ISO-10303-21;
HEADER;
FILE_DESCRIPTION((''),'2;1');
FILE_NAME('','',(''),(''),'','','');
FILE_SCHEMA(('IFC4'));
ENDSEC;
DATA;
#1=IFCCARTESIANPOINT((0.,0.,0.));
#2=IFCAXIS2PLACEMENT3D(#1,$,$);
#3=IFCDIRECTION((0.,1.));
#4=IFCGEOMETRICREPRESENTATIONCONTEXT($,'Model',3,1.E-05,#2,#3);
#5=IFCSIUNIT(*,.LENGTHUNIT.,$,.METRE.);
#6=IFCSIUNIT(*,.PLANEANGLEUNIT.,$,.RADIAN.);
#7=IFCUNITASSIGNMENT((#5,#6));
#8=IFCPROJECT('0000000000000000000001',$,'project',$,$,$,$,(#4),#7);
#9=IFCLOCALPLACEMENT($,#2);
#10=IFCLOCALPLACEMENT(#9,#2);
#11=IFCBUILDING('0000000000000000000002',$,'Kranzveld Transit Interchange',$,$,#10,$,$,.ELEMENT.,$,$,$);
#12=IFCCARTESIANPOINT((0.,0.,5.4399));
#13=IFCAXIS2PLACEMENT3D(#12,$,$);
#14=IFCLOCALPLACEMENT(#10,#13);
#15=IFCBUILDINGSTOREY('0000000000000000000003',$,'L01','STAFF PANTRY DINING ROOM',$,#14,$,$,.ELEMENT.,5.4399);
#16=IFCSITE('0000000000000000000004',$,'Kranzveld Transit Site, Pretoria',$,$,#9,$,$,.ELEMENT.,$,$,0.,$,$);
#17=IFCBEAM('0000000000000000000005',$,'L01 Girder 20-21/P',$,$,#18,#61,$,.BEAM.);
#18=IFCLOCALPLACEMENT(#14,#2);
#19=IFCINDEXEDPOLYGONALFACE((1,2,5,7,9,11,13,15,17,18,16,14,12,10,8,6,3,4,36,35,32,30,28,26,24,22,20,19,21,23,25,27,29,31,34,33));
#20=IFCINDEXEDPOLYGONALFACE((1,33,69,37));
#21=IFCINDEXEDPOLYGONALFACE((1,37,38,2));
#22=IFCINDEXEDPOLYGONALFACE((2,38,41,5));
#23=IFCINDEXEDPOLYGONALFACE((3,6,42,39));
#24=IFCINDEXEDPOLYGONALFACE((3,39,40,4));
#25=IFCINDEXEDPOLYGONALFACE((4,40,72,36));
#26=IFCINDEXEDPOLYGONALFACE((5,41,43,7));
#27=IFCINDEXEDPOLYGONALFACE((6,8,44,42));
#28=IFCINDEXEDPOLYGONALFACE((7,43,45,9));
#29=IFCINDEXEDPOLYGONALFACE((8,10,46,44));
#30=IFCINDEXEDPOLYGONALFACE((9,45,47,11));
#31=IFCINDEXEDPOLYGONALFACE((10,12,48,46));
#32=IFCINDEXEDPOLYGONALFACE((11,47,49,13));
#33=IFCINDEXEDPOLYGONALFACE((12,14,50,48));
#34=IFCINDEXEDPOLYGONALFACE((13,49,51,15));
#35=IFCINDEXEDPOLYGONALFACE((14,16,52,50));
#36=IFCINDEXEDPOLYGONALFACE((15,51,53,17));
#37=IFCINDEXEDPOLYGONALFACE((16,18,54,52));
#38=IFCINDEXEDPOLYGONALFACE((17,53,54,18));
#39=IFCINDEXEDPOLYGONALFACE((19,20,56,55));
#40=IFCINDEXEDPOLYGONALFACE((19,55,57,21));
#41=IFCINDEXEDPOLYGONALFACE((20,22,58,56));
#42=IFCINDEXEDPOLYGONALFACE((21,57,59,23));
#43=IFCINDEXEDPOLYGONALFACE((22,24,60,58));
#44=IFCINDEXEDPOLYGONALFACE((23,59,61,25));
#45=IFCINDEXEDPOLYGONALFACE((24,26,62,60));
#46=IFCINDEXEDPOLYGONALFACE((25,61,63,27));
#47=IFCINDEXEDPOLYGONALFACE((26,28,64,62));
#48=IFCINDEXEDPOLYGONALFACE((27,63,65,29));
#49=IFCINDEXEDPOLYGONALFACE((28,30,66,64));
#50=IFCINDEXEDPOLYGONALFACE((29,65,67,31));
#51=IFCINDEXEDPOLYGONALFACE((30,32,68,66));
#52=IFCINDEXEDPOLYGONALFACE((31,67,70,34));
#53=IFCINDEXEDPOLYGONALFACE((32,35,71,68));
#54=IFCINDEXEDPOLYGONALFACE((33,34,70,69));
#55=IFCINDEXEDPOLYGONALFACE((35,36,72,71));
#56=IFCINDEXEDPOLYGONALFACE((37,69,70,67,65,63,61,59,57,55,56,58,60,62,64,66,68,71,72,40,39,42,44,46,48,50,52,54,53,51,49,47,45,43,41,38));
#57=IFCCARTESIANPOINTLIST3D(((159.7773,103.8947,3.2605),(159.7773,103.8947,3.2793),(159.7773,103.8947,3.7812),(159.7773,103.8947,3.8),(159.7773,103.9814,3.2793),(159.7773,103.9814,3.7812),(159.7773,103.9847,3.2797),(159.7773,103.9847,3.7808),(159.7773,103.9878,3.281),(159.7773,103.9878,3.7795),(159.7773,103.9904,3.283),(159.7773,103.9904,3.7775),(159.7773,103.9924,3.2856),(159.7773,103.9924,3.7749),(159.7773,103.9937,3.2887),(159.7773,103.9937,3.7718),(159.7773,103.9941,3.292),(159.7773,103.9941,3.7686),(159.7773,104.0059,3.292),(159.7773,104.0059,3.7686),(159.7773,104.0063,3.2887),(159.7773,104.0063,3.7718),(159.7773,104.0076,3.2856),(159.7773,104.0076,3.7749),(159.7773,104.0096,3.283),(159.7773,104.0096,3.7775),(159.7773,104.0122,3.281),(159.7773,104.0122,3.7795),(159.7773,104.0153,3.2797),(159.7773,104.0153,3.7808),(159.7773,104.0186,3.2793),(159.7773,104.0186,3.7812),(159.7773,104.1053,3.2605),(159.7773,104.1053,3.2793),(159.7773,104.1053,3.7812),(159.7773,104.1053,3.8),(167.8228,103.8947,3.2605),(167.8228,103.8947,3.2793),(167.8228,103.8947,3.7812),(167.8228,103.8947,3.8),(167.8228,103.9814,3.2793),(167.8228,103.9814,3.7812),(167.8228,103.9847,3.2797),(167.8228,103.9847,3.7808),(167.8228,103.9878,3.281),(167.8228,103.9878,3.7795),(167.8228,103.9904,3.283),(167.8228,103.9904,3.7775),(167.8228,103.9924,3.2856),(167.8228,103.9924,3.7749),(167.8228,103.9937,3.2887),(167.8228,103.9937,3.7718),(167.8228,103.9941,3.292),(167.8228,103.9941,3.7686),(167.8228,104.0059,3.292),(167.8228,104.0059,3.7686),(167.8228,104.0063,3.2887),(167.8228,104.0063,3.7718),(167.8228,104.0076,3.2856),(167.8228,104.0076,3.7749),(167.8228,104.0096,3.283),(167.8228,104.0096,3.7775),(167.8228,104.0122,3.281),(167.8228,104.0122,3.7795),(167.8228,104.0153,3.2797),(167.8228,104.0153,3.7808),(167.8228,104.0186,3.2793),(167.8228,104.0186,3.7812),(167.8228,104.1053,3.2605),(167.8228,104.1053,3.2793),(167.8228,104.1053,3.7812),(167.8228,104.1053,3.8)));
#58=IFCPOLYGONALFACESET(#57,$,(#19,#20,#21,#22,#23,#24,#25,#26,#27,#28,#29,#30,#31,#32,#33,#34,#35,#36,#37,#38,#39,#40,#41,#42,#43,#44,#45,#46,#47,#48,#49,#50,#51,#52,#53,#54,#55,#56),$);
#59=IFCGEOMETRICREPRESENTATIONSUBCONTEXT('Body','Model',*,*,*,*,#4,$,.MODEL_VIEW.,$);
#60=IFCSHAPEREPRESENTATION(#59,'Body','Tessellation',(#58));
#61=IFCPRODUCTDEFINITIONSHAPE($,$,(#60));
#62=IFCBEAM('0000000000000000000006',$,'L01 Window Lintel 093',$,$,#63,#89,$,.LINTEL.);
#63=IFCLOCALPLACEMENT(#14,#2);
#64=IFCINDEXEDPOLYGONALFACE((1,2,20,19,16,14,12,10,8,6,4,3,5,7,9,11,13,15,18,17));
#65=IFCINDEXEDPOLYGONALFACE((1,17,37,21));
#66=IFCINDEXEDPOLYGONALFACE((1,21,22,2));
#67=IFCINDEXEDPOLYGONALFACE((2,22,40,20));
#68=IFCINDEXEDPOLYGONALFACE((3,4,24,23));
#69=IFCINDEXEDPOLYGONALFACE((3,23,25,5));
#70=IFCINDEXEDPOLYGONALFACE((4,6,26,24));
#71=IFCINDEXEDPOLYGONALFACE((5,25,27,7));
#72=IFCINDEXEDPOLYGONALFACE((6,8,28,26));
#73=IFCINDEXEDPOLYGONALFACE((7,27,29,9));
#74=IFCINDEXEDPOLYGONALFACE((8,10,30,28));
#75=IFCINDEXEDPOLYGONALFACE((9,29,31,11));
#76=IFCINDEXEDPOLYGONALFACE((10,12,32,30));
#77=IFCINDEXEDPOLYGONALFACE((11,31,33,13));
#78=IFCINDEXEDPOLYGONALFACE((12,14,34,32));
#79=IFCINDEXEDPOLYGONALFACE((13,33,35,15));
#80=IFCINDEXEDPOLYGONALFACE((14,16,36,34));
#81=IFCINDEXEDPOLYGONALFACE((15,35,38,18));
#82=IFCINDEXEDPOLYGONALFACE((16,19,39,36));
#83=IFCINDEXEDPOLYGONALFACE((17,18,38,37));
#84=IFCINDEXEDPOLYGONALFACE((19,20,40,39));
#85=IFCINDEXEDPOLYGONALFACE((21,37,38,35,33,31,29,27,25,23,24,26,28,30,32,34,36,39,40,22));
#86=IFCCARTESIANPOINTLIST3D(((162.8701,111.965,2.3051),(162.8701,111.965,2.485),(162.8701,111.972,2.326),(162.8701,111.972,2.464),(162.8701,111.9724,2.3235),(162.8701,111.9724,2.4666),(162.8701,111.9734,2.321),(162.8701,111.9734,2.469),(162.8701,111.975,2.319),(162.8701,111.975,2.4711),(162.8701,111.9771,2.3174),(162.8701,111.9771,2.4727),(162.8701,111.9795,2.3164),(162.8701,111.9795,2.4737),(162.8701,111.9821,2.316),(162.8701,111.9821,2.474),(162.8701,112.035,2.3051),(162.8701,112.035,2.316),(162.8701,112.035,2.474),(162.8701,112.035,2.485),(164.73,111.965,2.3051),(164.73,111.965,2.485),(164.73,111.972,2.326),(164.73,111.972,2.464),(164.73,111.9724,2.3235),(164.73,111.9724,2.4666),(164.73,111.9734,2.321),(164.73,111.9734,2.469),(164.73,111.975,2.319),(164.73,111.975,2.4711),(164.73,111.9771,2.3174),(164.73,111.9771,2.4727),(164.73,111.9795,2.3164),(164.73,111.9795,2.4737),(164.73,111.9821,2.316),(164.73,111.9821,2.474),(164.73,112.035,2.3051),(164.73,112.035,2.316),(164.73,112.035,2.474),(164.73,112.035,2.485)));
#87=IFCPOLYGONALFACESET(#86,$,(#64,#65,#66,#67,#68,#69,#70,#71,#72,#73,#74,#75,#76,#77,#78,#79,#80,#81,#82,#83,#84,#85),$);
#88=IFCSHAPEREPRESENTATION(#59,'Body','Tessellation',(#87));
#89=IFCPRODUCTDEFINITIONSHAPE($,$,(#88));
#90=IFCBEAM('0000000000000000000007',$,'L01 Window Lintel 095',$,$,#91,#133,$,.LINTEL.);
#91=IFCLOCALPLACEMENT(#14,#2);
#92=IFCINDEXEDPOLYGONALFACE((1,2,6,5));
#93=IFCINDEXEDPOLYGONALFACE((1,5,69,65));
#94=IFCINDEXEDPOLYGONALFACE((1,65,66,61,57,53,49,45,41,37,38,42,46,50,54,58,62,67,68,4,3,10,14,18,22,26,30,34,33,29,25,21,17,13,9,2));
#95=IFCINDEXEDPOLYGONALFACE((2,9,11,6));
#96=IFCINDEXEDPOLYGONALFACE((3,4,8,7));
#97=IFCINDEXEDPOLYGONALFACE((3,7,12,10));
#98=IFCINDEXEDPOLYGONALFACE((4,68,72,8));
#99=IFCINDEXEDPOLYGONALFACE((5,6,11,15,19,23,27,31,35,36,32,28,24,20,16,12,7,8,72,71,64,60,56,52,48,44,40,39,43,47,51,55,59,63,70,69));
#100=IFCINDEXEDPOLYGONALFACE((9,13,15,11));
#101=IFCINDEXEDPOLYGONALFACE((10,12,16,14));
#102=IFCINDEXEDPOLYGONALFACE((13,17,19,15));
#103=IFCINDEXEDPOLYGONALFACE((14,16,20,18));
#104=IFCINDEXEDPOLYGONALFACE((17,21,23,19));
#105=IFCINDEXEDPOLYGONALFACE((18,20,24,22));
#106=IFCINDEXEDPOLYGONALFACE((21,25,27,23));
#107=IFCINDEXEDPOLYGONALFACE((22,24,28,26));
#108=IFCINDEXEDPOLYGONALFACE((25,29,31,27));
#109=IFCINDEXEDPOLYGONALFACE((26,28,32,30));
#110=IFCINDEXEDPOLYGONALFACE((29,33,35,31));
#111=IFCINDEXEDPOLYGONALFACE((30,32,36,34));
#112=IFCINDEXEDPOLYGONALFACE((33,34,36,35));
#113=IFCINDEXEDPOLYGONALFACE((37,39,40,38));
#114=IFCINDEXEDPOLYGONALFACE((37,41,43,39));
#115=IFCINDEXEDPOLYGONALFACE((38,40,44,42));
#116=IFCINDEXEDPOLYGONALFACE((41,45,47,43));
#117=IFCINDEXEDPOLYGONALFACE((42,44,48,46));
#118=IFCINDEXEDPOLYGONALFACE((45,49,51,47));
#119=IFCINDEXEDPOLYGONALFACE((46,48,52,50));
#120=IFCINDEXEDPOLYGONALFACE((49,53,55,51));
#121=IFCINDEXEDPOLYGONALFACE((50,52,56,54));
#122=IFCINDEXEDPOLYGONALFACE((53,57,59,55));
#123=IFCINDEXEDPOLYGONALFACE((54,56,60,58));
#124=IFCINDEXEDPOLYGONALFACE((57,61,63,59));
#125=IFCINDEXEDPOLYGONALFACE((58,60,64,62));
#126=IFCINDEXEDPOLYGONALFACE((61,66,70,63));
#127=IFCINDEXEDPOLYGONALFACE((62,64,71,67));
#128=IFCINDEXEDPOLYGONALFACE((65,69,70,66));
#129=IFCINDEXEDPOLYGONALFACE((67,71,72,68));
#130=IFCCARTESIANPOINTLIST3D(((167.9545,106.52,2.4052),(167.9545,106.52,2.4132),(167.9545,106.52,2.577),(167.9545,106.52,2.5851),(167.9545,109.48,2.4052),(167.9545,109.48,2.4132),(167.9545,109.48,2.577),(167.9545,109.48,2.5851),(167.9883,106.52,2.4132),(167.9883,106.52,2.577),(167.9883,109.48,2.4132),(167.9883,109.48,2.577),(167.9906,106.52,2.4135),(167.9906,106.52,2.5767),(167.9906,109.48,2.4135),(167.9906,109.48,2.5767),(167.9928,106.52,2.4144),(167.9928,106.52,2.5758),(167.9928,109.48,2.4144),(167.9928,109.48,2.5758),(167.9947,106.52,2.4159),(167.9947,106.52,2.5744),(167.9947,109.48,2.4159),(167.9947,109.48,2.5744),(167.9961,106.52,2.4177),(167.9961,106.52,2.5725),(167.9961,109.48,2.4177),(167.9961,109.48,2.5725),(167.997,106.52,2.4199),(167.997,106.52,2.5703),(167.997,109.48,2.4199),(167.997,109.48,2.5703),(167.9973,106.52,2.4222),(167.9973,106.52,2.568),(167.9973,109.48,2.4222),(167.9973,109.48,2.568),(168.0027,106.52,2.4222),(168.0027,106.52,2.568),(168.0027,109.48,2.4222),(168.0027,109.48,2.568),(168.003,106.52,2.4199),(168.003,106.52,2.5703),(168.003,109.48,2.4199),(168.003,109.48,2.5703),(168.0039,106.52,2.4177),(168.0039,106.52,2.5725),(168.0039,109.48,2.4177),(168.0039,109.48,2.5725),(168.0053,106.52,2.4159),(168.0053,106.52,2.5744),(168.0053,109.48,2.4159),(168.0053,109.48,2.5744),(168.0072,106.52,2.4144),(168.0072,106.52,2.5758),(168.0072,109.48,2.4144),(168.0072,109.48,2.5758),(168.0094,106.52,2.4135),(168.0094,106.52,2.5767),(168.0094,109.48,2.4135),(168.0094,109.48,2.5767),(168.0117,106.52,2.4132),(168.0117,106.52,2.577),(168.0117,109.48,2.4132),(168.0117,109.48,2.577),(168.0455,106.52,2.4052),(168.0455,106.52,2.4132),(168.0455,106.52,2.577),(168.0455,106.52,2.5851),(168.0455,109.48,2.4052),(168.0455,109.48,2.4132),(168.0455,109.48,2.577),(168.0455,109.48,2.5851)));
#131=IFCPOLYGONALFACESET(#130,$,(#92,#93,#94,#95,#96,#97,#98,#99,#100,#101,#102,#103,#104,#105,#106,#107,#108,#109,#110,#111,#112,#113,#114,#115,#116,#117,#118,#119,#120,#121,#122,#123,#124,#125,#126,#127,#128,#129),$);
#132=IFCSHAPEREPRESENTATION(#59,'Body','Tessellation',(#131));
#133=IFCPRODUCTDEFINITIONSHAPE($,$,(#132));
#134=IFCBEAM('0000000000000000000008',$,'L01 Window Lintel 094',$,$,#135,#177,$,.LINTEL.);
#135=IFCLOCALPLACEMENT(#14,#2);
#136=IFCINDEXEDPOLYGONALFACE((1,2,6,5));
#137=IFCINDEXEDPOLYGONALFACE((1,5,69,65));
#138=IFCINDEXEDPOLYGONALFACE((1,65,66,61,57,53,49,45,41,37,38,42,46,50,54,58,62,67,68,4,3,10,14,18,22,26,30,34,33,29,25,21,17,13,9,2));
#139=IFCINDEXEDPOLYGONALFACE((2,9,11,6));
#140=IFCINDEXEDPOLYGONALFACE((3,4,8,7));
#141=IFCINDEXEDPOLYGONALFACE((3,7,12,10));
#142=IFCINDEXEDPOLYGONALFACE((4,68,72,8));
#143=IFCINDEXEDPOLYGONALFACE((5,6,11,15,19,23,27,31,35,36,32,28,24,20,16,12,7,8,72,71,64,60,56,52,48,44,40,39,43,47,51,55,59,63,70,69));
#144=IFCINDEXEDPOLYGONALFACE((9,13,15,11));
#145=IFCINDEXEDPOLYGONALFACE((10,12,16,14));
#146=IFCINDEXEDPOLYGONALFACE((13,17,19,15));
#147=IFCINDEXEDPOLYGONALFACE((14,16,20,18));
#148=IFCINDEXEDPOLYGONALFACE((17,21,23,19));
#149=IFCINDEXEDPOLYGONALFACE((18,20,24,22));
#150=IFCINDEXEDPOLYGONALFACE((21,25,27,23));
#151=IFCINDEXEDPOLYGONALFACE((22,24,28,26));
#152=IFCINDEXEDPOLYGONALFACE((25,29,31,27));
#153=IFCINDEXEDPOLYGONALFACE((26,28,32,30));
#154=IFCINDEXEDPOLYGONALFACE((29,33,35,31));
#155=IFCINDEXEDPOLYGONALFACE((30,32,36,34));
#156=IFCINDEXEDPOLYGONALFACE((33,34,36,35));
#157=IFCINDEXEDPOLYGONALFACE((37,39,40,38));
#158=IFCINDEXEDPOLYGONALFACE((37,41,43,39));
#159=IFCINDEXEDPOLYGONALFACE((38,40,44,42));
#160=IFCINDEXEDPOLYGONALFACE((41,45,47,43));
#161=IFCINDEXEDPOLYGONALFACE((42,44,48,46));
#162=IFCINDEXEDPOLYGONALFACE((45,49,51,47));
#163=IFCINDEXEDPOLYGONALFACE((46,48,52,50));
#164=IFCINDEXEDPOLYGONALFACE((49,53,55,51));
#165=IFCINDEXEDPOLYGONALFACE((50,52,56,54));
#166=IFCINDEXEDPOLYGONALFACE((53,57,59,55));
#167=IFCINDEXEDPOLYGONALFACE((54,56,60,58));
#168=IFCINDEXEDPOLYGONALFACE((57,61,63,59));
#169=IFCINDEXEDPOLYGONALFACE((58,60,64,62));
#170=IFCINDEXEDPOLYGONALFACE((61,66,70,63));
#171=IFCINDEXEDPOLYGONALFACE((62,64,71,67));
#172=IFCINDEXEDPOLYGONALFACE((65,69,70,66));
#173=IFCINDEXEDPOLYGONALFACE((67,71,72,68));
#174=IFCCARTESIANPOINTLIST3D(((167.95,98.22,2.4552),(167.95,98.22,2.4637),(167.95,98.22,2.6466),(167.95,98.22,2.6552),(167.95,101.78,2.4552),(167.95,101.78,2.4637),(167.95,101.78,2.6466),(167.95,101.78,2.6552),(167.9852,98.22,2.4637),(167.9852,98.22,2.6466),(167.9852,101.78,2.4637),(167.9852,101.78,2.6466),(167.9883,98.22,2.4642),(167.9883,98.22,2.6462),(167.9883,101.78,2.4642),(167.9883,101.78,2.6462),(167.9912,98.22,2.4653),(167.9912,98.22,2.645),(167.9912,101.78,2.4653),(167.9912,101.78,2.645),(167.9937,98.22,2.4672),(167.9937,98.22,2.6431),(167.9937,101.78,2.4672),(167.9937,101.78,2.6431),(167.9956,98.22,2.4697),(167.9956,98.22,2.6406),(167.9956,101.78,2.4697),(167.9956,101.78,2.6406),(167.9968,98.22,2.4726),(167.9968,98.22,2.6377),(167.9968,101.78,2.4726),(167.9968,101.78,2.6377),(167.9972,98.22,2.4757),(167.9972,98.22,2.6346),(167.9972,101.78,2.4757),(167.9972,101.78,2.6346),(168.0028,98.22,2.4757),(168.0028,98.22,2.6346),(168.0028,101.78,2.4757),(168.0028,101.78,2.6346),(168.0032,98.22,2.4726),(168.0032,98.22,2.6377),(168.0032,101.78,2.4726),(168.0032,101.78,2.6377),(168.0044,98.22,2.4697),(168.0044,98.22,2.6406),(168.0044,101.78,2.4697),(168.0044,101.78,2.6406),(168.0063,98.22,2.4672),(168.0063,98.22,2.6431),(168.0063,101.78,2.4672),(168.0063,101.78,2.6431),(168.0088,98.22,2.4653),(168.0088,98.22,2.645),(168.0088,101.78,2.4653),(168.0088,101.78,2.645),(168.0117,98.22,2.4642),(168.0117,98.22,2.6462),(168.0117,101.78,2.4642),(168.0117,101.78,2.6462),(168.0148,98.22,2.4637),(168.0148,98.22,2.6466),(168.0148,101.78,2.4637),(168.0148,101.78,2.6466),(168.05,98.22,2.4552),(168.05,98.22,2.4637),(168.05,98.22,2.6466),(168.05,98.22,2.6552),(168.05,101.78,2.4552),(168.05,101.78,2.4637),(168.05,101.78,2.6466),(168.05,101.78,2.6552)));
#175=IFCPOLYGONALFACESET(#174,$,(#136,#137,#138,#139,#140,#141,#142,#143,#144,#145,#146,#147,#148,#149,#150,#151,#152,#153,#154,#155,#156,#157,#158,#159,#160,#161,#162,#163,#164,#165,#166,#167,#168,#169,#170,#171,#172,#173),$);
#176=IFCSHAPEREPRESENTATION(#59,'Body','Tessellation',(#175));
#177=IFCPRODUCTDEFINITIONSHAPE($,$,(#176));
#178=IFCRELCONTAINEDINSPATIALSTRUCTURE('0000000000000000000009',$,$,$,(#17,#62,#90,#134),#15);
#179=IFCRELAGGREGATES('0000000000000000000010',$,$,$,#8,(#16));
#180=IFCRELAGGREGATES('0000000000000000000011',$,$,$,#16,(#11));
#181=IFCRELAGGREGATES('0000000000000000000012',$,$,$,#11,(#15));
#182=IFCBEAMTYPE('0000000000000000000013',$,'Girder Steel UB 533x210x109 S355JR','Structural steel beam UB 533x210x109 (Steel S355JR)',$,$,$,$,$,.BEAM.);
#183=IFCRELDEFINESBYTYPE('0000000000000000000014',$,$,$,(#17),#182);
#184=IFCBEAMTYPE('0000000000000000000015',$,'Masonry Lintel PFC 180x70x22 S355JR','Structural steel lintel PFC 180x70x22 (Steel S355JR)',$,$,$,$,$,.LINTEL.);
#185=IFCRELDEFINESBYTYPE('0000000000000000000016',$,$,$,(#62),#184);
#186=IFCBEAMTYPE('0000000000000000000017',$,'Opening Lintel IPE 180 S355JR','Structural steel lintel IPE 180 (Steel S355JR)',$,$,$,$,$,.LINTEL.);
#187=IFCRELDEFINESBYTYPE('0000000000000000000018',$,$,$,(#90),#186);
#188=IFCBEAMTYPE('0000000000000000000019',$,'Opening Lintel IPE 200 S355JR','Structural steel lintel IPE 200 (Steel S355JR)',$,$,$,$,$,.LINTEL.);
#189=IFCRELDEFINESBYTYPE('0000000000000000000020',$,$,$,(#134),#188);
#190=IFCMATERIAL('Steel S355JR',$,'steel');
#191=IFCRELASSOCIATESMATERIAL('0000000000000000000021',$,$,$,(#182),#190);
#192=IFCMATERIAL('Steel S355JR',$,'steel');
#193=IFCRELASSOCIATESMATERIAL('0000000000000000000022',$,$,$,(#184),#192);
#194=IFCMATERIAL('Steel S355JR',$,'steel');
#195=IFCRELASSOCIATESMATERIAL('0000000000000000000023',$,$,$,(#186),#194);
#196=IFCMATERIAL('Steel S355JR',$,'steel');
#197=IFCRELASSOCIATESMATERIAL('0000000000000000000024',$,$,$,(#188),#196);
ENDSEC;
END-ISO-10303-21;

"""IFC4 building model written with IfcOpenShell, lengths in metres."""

from ifc_helpers import new_model, si_unit, direction, frame, origin, origin_2d, place, context, subcontext, project, spatial, i_section, u_section, extrude, material, material_profile, profile_set, type_object, element, save


model = new_model("IFC4")

# Units and contexts
model_context = context("Model", 3, precision=1e-05, world=origin(), true_north=direction((0.0, 1.0)))
body_context = subcontext(model_context, "Body", "Model", "MODEL_VIEW")
ifc_project = project(units=[si_unit("LENGTHUNIT", "METRE"), si_unit("PLANEANGLEUNIT", "RADIAN")], contexts=[model_context])

# Site, building, storey
site_placement = place(None, origin())
site = spatial("IfcSite", under=ifc_project, at=site_placement, Name="Kranzveld Transit Site, Pretoria", CompositionType="ELEMENT", RefElevation=0.0)
building_placement = place(site_placement, origin())
building = spatial("IfcBuilding", under=site, at=building_placement, Name="Kranzveld Transit Interchange", CompositionType="ELEMENT")
storey_placement = place(building_placement, frame((0.0, 0.0, 5.4399)))
storey = spatial("IfcBuildingStorey", under=building, at=storey_placement, Name="L01", Description="STAFF PANTRY DINING ROOM", CompositionType="ELEMENT", Elevation=5.4399)

# Beams
ifc_material_1 = material(Name="Steel S355JR", Category="steel")
ifc_material_profile_1 = material_profile(ifc_material_1, i_section(OverallWidth=0.2107, OverallDepth=0.5396, WebThickness=0.0117, FlangeThickness=0.0188, FilletRadius=0.0127, at=origin_2d()), Name="UB 533x210x109")
ifc_profile_set_1 = profile_set([ifc_material_profile_1], Name="Steel S355JR")
beam_type_1 = type_object("IfcBeamType", Name="Girder Steel UB 533x210x109 S355JR", Description="Structural steel beam UB 533x210x109 (Steel S355JR)", PredefinedType="BEAM", material=ifc_profile_set_1)
for number, where, z_axis, x_axis, name in (
    (1, (159.7773, 104.0, 3.5303), (1.0, 0.0, 0.0), (0.0, 1.0, 0.0), "L01 Girder 20-21/P"),
):
    element("IfcBeam", number, at=place(storey_placement, frame(where, z_axis=z_axis, x_axis=x_axis)), inside=storey, type_object=beam_type_1, Name=name, PredefinedType="BEAM", context=body_context, shape_type="SweptSolid", body=[
        extrude(i_section(OverallWidth=0.2107, OverallDepth=0.5396, WebThickness=0.0117, FlangeThickness=0.0188, FilletRadius=0.0127, at=origin_2d()), origin(), (0.0, 0.0, 1.0), 8.0454),
    ])
ifc_material_2 = material(Name="Steel S355JR", Category="steel")
ifc_material_profile_2 = material_profile(ifc_material_2, u_section(Depth=0.1799, FlangeWidth=0.0701, WebThickness=0.0071, FlangeThickness=0.011, FilletRadius=0.01, at=origin_2d()), Name="PFC 180x70x22")
ifc_profile_set_2 = profile_set([ifc_material_profile_2], Name="Steel S355JR")
beam_type_2 = type_object("IfcBeamType", Name="Masonry Lintel PFC 180x70x22 S355JR", Description="Structural steel lintel PFC 180x70x22 (Steel S355JR)", PredefinedType="LINTEL", material=ifc_profile_set_2)
beam_1_placement = place(storey_placement, frame((162.8701, 112.0, 2.395), z_axis=(1.0, 0.0, 0.0), x_axis=(0.0, 1.0, 0.0)))
element("IfcBeam", 2, at=beam_1_placement, inside=storey, type_object=beam_type_2, Name="L01 Window Lintel 093", PredefinedType="LINTEL", context=body_context, shape_type="SweptSolid", body=[
    extrude(u_section(Depth=0.1799, FlangeWidth=0.0701, WebThickness=0.0071, FlangeThickness=0.011, FilletRadius=0.01, at=origin_2d()), origin(), (0.0, 0.0, 1.0), 1.8599),
])
ifc_material_3 = material(Name="Steel S355JR", Category="steel")
ifc_material_profile_3 = material_profile(ifc_material_3, i_section(OverallWidth=0.0911, OverallDepth=0.1799, WebThickness=0.0054, FlangeThickness=0.0081, FilletRadius=0.009, at=origin_2d()), Name="IPE 180")
ifc_profile_set_3 = profile_set([ifc_material_profile_3], Name="Steel S355JR")
beam_type_3 = type_object("IfcBeamType", Name="Opening Lintel IPE 180 S355JR", Description="Structural steel lintel IPE 180 (Steel S355JR)", PredefinedType="LINTEL", material=ifc_profile_set_3)
beam_2_placement = place(storey_placement, frame((168.0, 106.52, 2.4951), z_axis=(0.0, 1.0, 0.0), x_axis=(-1.0, 0.0, 0.0)))
element("IfcBeam", 3, at=beam_2_placement, inside=storey, type_object=beam_type_3, Name="L01 Window Lintel 095", PredefinedType="LINTEL", context=body_context, shape_type="SweptSolid", body=[
    extrude(i_section(OverallWidth=0.0911, OverallDepth=0.1799, WebThickness=0.0054, FlangeThickness=0.0081, FilletRadius=0.009, at=origin_2d()), origin(), (0.0, 0.0, 1.0), 2.96),
])
ifc_material_4 = material(Name="Steel S355JR", Category="steel")
ifc_material_profile_4 = material_profile(ifc_material_4, i_section(OverallWidth=0.1001, OverallDepth=0.2, WebThickness=0.0056, FlangeThickness=0.0085, FilletRadius=0.012, at=origin_2d()), Name="IPE 200")
ifc_profile_set_4 = profile_set([ifc_material_profile_4], Name="Steel S355JR")
beam_type_4 = type_object("IfcBeamType", Name="Opening Lintel IPE 200 S355JR", Description="Structural steel lintel IPE 200 (Steel S355JR)", PredefinedType="LINTEL", material=ifc_profile_set_4)
beam_3_placement = place(storey_placement, frame((168.0, 98.22, 2.5552), z_axis=(0.0, 1.0, 0.0), x_axis=(-1.0, 0.0, 0.0)))
element("IfcBeam", 4, at=beam_3_placement, inside=storey, type_object=beam_type_4, Name="L01 Window Lintel 094", PredefinedType="LINTEL", context=body_context, shape_type="SweptSolid", body=[
    extrude(i_section(OverallWidth=0.1001, OverallDepth=0.2, WebThickness=0.0056, FlangeThickness=0.0085, FilletRadius=0.012, at=origin_2d()), origin(), (0.0, 0.0, 1.0), 3.5601),
])

save(model, "model.ifc")
